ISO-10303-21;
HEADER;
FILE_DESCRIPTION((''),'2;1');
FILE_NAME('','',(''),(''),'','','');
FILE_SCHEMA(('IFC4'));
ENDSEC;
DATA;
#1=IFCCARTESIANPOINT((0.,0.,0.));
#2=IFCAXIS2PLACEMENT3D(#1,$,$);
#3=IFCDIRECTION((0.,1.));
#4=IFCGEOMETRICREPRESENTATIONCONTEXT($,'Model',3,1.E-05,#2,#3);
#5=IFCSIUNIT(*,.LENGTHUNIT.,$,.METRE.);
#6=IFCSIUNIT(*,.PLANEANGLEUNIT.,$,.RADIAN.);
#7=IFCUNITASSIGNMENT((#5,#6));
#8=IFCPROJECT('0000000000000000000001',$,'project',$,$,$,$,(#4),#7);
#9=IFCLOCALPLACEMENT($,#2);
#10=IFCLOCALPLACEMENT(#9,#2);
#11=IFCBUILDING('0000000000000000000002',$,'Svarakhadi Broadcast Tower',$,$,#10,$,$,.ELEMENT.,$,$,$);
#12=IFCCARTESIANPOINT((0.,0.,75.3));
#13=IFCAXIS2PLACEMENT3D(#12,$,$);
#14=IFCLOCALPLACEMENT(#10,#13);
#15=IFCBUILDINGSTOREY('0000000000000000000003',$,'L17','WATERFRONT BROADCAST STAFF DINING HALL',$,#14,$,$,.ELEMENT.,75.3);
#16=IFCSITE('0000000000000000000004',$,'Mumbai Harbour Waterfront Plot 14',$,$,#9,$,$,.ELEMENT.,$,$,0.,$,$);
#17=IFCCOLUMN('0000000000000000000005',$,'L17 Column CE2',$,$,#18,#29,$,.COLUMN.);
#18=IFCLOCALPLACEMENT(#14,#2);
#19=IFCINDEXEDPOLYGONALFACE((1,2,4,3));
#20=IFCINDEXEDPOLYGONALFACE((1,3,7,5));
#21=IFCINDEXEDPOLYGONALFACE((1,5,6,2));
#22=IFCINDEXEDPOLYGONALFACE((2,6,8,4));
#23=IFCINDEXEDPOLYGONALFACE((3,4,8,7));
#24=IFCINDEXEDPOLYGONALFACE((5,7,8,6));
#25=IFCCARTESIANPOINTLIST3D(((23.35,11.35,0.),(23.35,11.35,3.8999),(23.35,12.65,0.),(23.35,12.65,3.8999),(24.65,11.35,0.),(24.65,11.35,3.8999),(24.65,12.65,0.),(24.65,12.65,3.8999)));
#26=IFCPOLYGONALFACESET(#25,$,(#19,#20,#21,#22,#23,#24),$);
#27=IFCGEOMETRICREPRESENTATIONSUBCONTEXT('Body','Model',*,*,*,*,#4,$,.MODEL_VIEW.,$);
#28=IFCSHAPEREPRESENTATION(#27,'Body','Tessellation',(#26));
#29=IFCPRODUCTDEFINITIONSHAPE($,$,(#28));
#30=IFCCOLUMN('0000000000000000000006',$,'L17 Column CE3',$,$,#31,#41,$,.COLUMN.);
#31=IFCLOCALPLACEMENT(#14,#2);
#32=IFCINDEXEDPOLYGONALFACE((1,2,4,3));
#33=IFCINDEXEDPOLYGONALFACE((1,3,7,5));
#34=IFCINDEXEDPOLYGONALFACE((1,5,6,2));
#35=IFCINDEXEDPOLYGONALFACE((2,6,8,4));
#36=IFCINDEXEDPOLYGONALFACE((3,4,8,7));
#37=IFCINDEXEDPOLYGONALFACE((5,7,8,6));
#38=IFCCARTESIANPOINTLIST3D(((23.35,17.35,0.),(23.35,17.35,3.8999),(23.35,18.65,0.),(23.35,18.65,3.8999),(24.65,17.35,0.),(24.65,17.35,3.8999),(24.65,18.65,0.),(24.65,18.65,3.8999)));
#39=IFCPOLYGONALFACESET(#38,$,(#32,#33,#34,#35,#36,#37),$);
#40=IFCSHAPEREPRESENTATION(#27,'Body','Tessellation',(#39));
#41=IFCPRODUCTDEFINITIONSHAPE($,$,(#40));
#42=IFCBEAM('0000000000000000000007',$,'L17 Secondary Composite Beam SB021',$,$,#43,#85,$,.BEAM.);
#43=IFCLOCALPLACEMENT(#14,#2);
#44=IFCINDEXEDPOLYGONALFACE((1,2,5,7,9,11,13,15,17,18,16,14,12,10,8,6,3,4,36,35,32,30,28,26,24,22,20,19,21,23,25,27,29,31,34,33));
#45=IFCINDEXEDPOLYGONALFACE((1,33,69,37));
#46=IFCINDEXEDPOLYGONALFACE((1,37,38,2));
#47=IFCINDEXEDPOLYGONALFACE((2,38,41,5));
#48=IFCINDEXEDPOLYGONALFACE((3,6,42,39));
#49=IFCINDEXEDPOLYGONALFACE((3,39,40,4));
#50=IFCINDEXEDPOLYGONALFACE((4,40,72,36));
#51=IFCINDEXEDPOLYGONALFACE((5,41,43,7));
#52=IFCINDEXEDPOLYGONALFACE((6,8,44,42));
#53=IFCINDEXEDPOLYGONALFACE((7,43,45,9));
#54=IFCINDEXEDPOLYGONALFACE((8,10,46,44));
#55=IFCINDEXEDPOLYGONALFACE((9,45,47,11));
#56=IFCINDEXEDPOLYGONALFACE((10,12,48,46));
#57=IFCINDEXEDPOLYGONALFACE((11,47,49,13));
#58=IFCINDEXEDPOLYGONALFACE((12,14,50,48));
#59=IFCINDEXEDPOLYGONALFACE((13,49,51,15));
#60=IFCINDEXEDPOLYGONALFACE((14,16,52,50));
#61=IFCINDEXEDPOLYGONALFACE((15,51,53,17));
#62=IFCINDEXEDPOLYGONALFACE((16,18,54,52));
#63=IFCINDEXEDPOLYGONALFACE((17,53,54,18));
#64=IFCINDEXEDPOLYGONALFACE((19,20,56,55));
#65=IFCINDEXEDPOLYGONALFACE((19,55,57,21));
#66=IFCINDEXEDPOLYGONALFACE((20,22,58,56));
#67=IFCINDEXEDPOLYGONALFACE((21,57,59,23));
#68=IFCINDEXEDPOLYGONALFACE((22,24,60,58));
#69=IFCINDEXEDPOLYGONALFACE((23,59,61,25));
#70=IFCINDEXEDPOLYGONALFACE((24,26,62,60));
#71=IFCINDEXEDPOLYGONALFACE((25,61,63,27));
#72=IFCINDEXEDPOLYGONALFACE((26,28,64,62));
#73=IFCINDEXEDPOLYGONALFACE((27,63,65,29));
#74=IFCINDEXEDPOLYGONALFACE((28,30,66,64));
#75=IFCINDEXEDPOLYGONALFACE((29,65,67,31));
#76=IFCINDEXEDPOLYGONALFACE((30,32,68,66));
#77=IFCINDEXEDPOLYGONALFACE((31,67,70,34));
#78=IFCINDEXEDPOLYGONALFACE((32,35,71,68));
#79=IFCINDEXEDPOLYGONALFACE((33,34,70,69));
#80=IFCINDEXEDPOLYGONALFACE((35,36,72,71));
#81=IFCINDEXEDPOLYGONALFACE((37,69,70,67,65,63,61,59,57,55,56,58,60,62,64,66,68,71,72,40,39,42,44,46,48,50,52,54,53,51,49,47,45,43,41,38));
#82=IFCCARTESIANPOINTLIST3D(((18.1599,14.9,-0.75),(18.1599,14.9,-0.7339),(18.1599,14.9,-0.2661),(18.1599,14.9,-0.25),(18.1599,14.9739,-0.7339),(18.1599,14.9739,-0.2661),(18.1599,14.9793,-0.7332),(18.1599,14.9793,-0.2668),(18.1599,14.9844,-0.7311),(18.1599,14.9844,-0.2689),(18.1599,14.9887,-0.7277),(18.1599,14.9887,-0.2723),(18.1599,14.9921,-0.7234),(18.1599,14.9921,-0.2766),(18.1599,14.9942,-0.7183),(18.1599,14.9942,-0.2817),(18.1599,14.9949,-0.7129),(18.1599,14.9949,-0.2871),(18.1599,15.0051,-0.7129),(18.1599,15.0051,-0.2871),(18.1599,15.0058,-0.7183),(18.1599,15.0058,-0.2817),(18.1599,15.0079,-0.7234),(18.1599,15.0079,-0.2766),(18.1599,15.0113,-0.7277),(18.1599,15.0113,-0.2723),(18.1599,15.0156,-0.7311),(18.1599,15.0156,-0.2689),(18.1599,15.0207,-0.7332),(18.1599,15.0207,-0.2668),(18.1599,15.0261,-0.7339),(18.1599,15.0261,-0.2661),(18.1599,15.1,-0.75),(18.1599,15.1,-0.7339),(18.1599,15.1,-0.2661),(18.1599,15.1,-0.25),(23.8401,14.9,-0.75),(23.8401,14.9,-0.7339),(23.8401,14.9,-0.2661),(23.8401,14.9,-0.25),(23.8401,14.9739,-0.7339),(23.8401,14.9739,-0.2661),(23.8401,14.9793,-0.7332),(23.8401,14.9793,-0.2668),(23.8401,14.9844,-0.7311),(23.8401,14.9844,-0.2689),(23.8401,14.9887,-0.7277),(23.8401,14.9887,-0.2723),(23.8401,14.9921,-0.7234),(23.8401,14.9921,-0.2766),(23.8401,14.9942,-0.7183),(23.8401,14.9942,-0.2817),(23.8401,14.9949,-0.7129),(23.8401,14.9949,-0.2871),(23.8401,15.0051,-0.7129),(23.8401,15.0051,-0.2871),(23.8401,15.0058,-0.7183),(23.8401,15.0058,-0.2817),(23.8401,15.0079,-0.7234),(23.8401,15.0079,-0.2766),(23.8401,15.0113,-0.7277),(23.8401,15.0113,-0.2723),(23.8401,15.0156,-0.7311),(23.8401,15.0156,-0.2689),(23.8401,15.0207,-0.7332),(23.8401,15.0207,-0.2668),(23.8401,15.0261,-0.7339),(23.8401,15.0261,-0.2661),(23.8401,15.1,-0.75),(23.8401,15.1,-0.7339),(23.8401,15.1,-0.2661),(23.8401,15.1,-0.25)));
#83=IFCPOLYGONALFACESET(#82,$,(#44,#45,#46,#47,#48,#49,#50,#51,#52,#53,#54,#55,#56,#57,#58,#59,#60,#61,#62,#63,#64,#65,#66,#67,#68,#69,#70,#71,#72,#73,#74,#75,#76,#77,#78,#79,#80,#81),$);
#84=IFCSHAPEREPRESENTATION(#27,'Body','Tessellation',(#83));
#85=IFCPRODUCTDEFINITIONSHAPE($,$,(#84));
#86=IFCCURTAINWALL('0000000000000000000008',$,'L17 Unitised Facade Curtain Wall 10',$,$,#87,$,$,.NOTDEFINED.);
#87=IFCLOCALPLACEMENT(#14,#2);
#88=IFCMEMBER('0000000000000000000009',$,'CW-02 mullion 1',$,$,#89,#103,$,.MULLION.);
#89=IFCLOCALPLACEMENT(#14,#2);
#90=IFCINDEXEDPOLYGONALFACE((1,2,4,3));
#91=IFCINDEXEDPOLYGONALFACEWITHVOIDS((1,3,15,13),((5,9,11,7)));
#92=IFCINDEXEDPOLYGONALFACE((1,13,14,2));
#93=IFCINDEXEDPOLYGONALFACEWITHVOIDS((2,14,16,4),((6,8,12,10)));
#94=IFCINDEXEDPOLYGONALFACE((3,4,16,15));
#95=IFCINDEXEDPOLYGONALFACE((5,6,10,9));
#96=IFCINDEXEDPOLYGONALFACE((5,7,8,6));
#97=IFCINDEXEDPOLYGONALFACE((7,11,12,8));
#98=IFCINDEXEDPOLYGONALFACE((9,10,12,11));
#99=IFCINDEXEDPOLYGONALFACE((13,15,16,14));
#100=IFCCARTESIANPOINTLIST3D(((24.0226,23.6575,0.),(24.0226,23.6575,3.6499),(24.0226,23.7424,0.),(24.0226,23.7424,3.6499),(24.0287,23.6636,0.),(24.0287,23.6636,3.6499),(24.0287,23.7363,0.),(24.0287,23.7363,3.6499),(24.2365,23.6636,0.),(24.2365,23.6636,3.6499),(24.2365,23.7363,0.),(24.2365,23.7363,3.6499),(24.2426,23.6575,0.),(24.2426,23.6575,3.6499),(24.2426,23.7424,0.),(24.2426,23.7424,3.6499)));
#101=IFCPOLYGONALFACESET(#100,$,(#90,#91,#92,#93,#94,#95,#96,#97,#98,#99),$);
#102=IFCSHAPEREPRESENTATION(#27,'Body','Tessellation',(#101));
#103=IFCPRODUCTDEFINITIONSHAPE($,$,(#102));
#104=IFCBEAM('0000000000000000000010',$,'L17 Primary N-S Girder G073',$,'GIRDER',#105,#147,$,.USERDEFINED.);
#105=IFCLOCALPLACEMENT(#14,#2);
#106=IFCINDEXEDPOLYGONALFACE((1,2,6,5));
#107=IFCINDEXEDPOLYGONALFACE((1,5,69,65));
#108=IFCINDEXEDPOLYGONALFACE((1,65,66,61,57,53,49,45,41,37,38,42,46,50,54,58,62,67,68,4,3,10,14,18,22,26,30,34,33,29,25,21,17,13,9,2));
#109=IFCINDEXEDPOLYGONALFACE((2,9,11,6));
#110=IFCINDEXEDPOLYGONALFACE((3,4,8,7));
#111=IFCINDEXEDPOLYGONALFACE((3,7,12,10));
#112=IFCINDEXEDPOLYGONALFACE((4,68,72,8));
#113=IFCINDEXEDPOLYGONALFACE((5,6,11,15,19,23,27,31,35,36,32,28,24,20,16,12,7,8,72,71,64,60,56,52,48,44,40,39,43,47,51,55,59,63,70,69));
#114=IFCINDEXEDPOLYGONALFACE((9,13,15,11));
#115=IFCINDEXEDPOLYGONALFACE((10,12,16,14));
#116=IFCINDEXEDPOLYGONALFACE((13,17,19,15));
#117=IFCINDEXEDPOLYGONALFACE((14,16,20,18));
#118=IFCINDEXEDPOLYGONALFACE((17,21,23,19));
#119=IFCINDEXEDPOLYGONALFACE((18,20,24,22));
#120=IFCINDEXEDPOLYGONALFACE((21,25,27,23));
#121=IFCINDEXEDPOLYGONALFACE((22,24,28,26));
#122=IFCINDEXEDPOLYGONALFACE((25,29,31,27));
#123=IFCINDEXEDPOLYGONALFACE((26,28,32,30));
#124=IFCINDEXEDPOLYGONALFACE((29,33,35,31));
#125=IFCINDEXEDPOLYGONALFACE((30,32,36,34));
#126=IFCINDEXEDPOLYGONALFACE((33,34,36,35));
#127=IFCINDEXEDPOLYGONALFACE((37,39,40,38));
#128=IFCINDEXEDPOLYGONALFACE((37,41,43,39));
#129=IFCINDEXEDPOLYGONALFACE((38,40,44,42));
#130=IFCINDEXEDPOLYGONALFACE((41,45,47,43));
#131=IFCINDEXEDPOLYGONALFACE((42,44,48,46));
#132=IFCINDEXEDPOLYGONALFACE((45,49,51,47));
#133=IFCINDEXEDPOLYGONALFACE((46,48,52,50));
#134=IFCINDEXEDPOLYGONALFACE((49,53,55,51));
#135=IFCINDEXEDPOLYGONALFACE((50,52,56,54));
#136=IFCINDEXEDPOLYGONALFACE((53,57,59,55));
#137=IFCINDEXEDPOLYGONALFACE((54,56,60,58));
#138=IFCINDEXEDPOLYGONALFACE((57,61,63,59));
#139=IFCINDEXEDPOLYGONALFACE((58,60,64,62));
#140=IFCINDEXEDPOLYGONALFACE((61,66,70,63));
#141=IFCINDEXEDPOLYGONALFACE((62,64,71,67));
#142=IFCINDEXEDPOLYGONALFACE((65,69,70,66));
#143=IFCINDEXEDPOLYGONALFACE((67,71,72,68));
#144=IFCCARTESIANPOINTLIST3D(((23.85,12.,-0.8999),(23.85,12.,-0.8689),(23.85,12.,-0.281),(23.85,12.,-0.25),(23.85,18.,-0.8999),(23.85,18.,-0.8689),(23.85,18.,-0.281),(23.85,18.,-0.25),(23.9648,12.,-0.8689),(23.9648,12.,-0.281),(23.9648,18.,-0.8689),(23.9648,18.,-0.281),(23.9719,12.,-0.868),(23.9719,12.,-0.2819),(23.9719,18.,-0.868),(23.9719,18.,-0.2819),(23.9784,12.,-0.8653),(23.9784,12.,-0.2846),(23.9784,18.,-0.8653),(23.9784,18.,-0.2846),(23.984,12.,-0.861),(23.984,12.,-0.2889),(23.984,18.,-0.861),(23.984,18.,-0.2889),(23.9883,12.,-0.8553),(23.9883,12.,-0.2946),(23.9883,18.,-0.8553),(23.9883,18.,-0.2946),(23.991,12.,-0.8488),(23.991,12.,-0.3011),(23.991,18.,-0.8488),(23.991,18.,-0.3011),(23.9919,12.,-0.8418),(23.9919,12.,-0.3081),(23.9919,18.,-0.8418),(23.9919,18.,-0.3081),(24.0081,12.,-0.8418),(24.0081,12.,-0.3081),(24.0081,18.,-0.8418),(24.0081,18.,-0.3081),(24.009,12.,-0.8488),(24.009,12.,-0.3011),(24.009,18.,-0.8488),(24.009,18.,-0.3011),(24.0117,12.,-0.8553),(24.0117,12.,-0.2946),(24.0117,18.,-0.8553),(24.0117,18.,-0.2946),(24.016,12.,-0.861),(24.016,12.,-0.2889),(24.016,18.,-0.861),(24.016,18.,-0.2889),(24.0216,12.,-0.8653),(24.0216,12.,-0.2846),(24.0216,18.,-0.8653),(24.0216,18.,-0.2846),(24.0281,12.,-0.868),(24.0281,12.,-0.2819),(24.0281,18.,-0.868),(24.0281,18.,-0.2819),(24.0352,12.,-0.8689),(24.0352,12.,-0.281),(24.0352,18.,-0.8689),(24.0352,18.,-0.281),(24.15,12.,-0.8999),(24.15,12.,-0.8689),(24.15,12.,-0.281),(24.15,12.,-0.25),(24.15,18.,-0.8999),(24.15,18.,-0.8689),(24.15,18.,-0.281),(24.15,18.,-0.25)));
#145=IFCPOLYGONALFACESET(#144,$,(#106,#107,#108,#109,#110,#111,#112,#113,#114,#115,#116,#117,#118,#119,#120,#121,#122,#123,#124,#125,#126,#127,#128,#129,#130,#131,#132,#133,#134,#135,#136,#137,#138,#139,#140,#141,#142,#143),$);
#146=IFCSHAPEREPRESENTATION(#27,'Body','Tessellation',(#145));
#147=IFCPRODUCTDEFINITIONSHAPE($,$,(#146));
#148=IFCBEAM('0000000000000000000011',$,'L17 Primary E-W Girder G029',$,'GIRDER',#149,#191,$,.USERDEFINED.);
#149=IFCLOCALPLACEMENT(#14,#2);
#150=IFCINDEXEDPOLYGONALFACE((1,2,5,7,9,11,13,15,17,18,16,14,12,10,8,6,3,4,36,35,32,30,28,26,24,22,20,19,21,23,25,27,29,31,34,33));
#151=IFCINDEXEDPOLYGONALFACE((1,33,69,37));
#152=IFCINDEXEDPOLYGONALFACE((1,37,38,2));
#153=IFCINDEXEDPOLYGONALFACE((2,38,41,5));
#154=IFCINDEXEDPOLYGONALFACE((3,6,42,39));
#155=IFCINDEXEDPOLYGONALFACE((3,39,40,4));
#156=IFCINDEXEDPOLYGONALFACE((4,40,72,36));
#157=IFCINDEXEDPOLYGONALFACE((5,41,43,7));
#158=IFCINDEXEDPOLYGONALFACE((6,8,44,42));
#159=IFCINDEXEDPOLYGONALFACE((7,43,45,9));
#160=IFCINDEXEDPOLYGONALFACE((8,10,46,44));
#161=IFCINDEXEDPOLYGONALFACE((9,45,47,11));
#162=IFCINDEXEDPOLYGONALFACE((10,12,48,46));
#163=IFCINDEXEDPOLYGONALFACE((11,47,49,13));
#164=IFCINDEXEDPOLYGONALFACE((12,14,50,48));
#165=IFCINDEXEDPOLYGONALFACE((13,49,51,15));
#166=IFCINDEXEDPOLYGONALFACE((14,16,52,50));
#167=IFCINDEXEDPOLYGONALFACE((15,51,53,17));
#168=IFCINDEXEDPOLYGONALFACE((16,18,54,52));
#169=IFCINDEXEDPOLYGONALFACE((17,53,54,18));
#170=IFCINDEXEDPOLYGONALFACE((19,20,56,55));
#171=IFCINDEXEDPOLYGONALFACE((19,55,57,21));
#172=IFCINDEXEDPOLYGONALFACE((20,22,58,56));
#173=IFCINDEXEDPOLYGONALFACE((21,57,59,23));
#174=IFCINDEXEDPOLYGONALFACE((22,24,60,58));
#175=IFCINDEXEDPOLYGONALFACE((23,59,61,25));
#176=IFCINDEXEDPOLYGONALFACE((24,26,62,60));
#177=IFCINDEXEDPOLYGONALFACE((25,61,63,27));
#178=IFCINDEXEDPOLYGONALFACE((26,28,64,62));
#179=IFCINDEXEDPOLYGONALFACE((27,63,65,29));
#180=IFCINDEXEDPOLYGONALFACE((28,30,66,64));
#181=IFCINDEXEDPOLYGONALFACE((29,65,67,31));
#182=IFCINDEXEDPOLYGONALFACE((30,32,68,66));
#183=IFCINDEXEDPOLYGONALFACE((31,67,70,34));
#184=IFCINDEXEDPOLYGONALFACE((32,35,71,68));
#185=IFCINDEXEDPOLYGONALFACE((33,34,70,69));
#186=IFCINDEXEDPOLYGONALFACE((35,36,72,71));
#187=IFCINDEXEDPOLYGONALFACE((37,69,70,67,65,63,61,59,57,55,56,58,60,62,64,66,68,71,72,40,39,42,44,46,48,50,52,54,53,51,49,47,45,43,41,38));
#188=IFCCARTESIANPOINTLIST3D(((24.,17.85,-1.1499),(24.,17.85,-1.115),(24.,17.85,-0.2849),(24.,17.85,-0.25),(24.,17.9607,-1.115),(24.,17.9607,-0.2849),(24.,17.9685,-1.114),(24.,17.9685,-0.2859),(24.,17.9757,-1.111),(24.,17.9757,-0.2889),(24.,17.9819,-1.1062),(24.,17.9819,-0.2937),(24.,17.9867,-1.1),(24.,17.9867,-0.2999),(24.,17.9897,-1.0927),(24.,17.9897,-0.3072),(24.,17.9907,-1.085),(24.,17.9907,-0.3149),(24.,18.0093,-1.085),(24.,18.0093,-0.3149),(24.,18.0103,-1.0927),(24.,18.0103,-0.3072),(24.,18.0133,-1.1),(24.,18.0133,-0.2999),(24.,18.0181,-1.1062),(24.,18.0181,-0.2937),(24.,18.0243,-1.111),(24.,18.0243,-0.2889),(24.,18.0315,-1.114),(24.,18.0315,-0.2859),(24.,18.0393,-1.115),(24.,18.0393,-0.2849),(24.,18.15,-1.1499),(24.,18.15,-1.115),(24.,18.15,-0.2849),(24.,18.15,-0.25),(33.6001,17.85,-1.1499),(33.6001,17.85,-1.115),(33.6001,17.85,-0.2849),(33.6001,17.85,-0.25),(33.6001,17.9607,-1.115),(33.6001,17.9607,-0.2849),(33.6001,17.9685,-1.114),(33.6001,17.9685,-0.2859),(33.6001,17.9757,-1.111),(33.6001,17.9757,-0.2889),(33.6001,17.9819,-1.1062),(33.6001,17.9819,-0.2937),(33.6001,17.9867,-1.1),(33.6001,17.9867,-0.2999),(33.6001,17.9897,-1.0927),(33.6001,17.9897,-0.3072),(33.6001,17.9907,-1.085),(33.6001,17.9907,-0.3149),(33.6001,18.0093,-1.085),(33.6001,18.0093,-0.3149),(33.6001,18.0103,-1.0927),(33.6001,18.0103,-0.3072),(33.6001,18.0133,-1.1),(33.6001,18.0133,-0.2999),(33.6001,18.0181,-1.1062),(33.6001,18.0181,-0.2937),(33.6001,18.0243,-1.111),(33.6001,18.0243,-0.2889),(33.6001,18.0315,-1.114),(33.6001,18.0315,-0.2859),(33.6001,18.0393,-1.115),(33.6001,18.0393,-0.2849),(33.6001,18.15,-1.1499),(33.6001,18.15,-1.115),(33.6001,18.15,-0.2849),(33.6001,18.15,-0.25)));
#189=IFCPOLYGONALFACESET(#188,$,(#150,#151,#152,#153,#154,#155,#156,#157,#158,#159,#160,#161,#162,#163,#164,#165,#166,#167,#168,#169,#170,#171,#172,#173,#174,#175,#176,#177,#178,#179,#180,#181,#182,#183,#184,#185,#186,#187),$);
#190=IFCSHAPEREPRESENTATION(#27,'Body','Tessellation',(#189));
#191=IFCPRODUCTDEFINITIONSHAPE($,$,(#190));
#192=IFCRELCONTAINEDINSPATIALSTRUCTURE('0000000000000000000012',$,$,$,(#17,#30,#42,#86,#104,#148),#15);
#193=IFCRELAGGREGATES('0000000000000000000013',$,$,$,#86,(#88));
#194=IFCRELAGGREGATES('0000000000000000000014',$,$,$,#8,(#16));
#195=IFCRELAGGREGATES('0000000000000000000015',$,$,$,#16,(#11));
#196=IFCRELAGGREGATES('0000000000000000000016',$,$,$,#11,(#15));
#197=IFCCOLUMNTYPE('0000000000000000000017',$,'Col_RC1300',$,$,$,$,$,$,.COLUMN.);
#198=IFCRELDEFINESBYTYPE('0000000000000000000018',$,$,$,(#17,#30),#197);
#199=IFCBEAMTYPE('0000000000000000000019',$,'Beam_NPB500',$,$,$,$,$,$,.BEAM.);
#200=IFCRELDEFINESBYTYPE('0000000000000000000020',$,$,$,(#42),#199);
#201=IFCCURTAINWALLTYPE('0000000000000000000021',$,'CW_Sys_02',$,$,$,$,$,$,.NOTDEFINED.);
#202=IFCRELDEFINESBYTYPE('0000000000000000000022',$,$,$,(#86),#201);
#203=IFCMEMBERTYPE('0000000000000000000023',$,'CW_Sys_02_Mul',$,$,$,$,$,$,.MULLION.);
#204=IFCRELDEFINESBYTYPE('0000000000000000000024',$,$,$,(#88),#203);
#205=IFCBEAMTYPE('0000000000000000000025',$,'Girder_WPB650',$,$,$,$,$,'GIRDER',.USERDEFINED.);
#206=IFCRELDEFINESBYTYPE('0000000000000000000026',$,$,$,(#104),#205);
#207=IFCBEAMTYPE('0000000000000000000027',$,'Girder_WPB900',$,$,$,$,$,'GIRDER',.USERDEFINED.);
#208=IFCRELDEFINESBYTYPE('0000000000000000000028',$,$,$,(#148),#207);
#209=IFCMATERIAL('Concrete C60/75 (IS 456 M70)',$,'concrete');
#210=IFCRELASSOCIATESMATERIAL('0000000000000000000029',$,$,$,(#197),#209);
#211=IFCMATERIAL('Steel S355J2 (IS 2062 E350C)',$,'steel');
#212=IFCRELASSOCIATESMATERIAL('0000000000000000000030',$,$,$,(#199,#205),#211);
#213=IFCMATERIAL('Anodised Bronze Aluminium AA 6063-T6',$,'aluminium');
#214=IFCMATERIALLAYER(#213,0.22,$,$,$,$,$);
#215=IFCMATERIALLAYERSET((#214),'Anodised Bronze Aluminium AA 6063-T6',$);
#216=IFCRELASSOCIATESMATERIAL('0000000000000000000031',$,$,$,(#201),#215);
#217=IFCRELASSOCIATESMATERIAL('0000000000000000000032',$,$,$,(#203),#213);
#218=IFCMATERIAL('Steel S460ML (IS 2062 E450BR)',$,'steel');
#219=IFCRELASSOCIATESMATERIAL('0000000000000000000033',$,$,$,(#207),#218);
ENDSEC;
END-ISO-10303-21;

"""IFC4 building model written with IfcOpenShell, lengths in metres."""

from ifc_helpers import new_model, si_unit, direction, frame, origin, origin_2d, place, context, subcontext, project, spatial, rectangle, hollow_rectangle, i_section, extrude, material, layer, layer_set, material_profile, profile_set, type_object, element, aggregate, save


model = new_model("IFC4")

# Units and contexts
model_context = context("Model", 3, precision=1e-05, world=origin(), true_north=direction((0.0, 1.0)))
body_context = subcontext(model_context, "Body", "Model", "MODEL_VIEW")
ifc_project = project(units=[si_unit("LENGTHUNIT", "METRE"), si_unit("PLANEANGLEUNIT", "RADIAN")], contexts=[model_context])

# Site, building, storey
site_placement = place(None, origin())
site = spatial("IfcSite", under=ifc_project, at=site_placement, Name="Mumbai Harbour Waterfront Plot 14", CompositionType="ELEMENT", RefElevation=0.0)
building_placement = place(site_placement, origin())
building = spatial("IfcBuilding", under=site, at=building_placement, Name="Svarakhadi Broadcast Tower", CompositionType="ELEMENT")
storey_placement = place(building_placement, frame((0.0, 0.0, 75.3)))
storey = spatial("IfcBuildingStorey", under=building, at=storey_placement, Name="L17", Description="WATERFRONT BROADCAST STAFF DINING HALL", CompositionType="ELEMENT", Elevation=75.3)

# Columns
ifc_material_1 = material(Name="Concrete C60/75 (IS 456 M70)", Category="concrete")
ifc_material_profile_1 = material_profile(ifc_material_1, rectangle(XDim=1.3, YDim=1.3, at=origin_2d()), Name="RC 1300x1300")
ifc_profile_set_1 = profile_set([ifc_material_profile_1], Name="Concrete C60/75 (IS 456 M70)")
column_type = type_object("IfcColumnType", Name="Col_RC1300", PredefinedType="COLUMN", material=ifc_profile_set_1)
for number, where, z_axis, x_axis, name in (
    (1, (24.0, 12.0, 0.0), (0.0, 0.0, 1.0), (1.0, 0.0, 0.0), "L17 Column CE2"),
    (2, (24.0, 18.0, 0.0), (0.0, 0.0, 1.0), (1.0, 0.0, 0.0), "L17 Column CE3"),
):
    element("IfcColumn", number, at=place(storey_placement, frame(where, z_axis=z_axis, x_axis=x_axis)), inside=storey, type_object=column_type, Name=name, PredefinedType="COLUMN", context=body_context, shape_type="SweptSolid", body=[
        extrude(rectangle(XDim=1.3, YDim=1.3, at=origin_2d()), origin(), (0.0, 0.0, 1.0), 3.8999),
    ])

# Beam
ifc_material_2 = material(Name="Steel S355J2 (IS 2062 E350C)", Category="steel")
ifc_material_profile_2 = material_profile(ifc_material_2, i_section(OverallWidth=0.2, OverallDepth=0.5, WebThickness=0.0103, FlangeThickness=0.0161, FilletRadius=0.021, at=origin_2d()), Name="NPB 500x200x91")
ifc_profile_set_2 = profile_set([ifc_material_profile_2], Name="Steel S355J2 (IS 2062 E350C)")
beam_type_1 = type_object("IfcBeamType", Name="Beam_NPB500", PredefinedType="BEAM", material=ifc_profile_set_2)
beam_1_placement = place(storey_placement, frame((18.1599, 15.0, -0.5), z_axis=(1.0, 0.0, 0.0), x_axis=(0.0, 1.0, 0.0)))
element("IfcBeam", 3, at=beam_1_placement, inside=storey, type_object=beam_type_1, Name="L17 Secondary Composite Beam SB021", PredefinedType="BEAM", context=body_context, shape_type="SweptSolid", body=[
    extrude(i_section(OverallWidth=0.2, OverallDepth=0.5, WebThickness=0.0103, FlangeThickness=0.0161, FilletRadius=0.021, at=origin_2d()), origin(), (0.0, 0.0, 1.0), 5.6802),
])

# Curtain wall, member
ifc_material_3 = material(Name="Anodised Bronze Aluminium AA 6063-T6", Category="aluminium")
ifc_layer_1 = layer(ifc_material_3, 0.22)
ifc_layer_set_1 = layer_set([ifc_layer_1], Name="Anodised Bronze Aluminium AA 6063-T6")
curtain_wall_type = type_object("IfcCurtainWallType", Name="CW_Sys_02", PredefinedType="NOTDEFINED", material=ifc_layer_set_1)
curtain_wall_placement = place(storey_placement, origin())
curtain_wall = element("IfcCurtainWall", 4, at=curtain_wall_placement, inside=storey, type_object=curtain_wall_type, Name="L17 Unitised Facade Curtain Wall 10", PredefinedType="NOTDEFINED")
ifc_material_profile_3 = material_profile(ifc_material_3, hollow_rectangle(XDim=0.085, YDim=0.22, WallThickness=0.0061, at=origin_2d()), Name="ALU MULLION 220x85x6")
ifc_profile_set_3 = profile_set([ifc_material_profile_3], Name="Anodised Bronze Aluminium AA 6063-T6")
member_type = type_object("IfcMemberType", Name="CW_Sys_02_Mul", PredefinedType="MULLION", material=ifc_profile_set_3)
member_placement = place(storey_placement, frame((24.1326, 23.7, 0.0), z_axis=(0.0, 0.0, 1.0), x_axis=(0.0, 1.0, 0.0)))
member = element("IfcMember", 5, at=member_placement, type_object=member_type, Name="CW-02 mullion 1", PredefinedType="MULLION", context=body_context, shape_type="SweptSolid", body=[
    extrude(hollow_rectangle(XDim=0.085, YDim=0.22, WallThickness=0.0061, at=origin_2d()), origin(), (0.0, 0.0, 1.0), 3.6499),
])
aggregate(curtain_wall, [member])

# Beams
ifc_material_profile_4 = material_profile(ifc_material_2, i_section(OverallWidth=0.3, OverallDepth=0.6499, WebThickness=0.0161, FlangeThickness=0.031, FilletRadius=0.0271, at=origin_2d()), Name="WPB 650x300x225")
ifc_profile_set_4 = profile_set([ifc_material_profile_4], Name="Steel S355J2 (IS 2062 E350C)")
beam_type_2 = type_object("IfcBeamType", Name="Girder_WPB650", ElementType="GIRDER", PredefinedType="USERDEFINED", material=ifc_profile_set_4)
beam_2_placement = place(storey_placement, frame((24.0, 12.0, -0.575), z_axis=(0.0, 1.0, 0.0), x_axis=(-1.0, 0.0, 0.0)))
element("IfcBeam", 6, at=beam_2_placement, inside=storey, type_object=beam_type_2, Name="L17 Primary N-S Girder G073", ObjectType="GIRDER", PredefinedType="USERDEFINED", context=body_context, shape_type="SweptSolid", body=[
    extrude(i_section(OverallWidth=0.3, OverallDepth=0.6499, WebThickness=0.0161, FlangeThickness=0.031, FilletRadius=0.0271, at=origin_2d()), origin(), (0.0, 0.0, 1.0), 6.0),
])
ifc_material_4 = material(Name="Steel S460ML (IS 2062 E450BR)", Category="steel")
ifc_material_profile_5 = material_profile(ifc_material_4, i_section(OverallWidth=0.3, OverallDepth=0.8999, WebThickness=0.0186, FlangeThickness=0.0349, FilletRadius=0.03, at=origin_2d()), Name="WPB 900x300x291")
ifc_profile_set_5 = profile_set([ifc_material_profile_5], Name="Steel S460ML (IS 2062 E450BR)")
beam_type_3 = type_object("IfcBeamType", Name="Girder_WPB900", ElementType="GIRDER", PredefinedType="USERDEFINED", material=ifc_profile_set_5)
for number, where, z_axis, x_axis, name in (
    (7, (24.0, 18.0, -0.7), (1.0, 0.0, 0.0), (0.0, 1.0, 0.0), "L17 Primary E-W Girder G029"),
):
    element("IfcBeam", number, at=place(storey_placement, frame(where, z_axis=z_axis, x_axis=x_axis)), inside=storey, type_object=beam_type_3, Name=name, ObjectType="GIRDER", PredefinedType="USERDEFINED", context=body_context, shape_type="SweptSolid", body=[
        extrude(i_section(OverallWidth=0.3, OverallDepth=0.8999, WebThickness=0.0186, FlangeThickness=0.0349, FilletRadius=0.03, at=origin_2d()), origin(), (0.0, 0.0, 1.0), 9.6001),
    ])

save(model, "model.ifc")
